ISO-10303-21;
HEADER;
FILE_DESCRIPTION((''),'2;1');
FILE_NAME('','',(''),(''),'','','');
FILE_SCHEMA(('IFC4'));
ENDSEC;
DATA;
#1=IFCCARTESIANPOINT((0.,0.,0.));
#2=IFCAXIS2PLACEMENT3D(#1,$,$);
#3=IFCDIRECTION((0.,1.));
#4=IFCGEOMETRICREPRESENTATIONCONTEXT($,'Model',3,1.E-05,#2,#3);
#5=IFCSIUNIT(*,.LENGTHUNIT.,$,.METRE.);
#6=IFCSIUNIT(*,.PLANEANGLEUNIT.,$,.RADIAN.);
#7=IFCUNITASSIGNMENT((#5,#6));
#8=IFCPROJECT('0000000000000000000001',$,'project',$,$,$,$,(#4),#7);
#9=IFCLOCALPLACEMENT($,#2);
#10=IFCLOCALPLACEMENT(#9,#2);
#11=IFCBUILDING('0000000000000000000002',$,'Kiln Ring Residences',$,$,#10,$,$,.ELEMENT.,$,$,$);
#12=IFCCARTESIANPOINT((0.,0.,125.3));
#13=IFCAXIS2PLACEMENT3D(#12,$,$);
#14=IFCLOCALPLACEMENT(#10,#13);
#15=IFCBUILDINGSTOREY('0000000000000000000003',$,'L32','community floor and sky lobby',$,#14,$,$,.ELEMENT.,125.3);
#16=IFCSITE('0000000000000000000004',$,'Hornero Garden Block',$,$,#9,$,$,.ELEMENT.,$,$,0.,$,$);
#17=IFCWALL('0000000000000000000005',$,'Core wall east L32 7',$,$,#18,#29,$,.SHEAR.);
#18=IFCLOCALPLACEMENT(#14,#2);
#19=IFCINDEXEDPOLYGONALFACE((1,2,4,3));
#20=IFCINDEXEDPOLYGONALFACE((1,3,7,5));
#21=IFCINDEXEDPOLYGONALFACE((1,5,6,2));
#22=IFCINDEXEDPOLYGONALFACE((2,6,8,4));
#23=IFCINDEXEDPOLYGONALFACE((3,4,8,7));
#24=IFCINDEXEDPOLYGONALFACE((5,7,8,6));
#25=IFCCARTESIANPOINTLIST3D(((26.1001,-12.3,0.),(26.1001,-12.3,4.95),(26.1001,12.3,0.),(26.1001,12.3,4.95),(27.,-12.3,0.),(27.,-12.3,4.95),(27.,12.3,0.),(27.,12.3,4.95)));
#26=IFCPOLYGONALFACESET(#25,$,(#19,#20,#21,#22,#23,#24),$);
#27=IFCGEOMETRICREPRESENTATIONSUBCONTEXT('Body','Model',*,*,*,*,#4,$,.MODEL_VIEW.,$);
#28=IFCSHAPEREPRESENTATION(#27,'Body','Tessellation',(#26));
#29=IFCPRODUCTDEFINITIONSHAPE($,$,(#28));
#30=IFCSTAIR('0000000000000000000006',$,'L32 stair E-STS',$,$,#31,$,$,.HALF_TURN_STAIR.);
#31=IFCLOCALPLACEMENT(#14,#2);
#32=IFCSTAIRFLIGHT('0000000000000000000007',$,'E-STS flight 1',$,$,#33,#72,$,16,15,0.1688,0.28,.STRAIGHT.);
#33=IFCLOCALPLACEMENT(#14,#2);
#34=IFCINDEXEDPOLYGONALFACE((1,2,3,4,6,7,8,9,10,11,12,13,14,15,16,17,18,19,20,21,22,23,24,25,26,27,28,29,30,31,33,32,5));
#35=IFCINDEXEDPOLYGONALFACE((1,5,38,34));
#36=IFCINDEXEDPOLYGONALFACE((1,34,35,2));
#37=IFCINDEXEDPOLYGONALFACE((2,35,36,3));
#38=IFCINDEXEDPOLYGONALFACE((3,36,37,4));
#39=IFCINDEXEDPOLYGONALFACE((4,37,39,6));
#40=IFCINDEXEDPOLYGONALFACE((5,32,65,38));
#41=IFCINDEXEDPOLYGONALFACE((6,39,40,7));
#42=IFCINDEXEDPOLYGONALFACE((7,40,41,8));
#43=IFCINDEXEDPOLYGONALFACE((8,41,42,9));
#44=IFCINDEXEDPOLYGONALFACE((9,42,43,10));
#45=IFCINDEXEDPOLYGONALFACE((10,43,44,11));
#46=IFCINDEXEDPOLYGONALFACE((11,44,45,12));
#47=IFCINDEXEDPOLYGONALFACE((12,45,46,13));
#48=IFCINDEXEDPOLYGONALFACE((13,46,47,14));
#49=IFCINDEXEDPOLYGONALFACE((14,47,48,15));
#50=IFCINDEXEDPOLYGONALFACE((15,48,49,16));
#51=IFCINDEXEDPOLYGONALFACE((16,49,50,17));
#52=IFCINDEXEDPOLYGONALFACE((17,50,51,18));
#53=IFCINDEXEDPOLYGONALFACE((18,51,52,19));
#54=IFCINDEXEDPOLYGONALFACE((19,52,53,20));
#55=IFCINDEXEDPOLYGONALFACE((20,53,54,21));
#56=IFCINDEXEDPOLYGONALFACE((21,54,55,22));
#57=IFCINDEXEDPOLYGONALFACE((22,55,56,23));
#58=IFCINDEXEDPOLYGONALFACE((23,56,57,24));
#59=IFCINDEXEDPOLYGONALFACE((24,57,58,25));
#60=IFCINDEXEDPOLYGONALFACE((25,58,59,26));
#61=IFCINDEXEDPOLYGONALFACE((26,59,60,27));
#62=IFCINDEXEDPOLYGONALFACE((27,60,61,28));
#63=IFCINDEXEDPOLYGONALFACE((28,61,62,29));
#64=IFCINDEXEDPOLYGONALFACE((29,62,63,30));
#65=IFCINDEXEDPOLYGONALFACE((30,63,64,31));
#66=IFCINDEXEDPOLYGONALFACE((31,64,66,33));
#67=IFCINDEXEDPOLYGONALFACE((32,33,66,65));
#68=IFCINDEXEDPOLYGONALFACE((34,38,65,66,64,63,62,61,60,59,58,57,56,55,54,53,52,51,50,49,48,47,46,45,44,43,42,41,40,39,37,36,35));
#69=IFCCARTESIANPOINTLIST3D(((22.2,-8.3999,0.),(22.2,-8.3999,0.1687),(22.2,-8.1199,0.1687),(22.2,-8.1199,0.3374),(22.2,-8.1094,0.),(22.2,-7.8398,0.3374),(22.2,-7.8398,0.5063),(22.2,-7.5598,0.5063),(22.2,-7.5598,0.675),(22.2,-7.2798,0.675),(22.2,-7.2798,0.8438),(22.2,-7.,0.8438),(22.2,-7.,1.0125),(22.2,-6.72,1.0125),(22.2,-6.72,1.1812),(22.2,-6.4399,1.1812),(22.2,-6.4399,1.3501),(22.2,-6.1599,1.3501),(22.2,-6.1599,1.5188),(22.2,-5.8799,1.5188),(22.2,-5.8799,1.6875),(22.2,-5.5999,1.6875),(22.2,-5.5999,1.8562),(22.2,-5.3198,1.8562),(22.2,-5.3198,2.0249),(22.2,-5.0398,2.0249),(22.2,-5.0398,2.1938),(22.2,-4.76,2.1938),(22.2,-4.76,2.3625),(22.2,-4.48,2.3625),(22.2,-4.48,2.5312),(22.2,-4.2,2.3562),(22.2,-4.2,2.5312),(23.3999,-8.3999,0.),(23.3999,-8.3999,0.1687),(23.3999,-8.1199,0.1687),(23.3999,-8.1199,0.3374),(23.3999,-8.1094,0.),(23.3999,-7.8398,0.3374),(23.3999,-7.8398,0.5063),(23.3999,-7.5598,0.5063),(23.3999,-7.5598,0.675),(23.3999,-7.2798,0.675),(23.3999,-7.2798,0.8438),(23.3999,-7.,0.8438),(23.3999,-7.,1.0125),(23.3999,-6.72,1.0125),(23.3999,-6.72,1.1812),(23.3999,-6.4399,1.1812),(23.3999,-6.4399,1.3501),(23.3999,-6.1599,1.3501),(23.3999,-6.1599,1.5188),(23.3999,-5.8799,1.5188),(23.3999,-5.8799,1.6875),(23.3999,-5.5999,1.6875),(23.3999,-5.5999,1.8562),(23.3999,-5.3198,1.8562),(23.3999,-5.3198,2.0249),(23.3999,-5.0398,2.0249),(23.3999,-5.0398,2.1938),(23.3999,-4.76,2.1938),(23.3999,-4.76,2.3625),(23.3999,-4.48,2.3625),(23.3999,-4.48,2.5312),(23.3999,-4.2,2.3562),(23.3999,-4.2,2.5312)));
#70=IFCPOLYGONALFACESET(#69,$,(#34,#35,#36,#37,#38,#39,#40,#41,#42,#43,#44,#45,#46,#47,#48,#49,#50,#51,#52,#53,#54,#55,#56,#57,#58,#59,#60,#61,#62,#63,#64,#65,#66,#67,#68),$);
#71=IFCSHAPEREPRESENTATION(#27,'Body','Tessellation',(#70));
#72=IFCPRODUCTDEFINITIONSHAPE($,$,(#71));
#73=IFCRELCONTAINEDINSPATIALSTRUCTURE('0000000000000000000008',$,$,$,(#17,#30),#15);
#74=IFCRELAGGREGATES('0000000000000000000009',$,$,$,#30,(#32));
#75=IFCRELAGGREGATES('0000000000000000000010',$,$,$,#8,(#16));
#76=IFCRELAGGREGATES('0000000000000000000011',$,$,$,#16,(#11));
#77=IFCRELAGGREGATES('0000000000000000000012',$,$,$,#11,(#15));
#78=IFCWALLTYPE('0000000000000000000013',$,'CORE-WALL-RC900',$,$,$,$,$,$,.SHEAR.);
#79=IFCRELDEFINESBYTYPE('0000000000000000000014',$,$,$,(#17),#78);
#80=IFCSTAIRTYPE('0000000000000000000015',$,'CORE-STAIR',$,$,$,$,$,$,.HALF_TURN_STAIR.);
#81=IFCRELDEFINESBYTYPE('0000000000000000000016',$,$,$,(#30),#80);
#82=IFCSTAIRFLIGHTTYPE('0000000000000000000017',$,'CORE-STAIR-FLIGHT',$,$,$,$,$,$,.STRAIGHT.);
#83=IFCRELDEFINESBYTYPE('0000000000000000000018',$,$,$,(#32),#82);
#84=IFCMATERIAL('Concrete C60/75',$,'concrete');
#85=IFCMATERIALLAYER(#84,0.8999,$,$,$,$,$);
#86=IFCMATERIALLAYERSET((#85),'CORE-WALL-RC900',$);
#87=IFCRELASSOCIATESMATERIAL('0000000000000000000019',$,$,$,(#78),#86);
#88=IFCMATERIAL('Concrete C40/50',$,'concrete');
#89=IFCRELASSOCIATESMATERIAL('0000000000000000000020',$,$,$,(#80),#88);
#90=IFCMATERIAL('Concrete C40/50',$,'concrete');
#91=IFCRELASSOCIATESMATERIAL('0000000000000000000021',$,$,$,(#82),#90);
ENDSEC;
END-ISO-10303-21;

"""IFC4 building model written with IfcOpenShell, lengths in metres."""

from ifc_helpers import new_model, si_unit, direction, frame, frame_2d, origin, place, context, subcontext, project, spatial, polyline, rectangle, outline, extrude, material, layer, layer_set, type_object, element, aggregate, save


model = new_model("IFC4")

# Units and contexts
model_context = context("Model", 3, precision=1e-05, world=origin(), true_north=direction((0.0, 1.0)))
body_context = subcontext(model_context, "Body", "Model", "MODEL_VIEW")
ifc_project = project(units=[si_unit("LENGTHUNIT", "METRE"), si_unit("PLANEANGLEUNIT", "RADIAN")], contexts=[model_context])

# Site, building, storey
site_placement = place(None, origin())
site = spatial("IfcSite", under=ifc_project, at=site_placement, Name="Hornero Garden Block", CompositionType="ELEMENT", RefElevation=0.0)
building_placement = place(site_placement, origin())
building = spatial("IfcBuilding", under=site, at=building_placement, Name="Kiln Ring Residences", CompositionType="ELEMENT")
storey_placement = place(building_placement, frame((0.0, 0.0, 125.3)))
storey = spatial("IfcBuildingStorey", under=building, at=storey_placement, Name="L32", Description="community floor and sky lobby", CompositionType="ELEMENT", Elevation=125.3)

# Shared definitions
placement = place(storey_placement, origin())

# Wall
ifc_material_1 = material(Name="Concrete C60/75", Category="concrete")
ifc_layer_1 = layer(ifc_material_1, 0.8999)
ifc_layer_set_1 = layer_set([ifc_layer_1], Name="CORE-WALL-RC900")
wall_type_1 = type_object("IfcWallType", Name="CORE-WALL-RC900", PredefinedType="SHEAR", material=ifc_layer_set_1)
wall_1_placement = place(storey_placement, frame((26.55, -12.3, 0.0), z_axis=(0.0, 0.0, 1.0), x_axis=(0.0, 1.0, 0.0)))
element("IfcWall", 1, at=wall_1_placement, inside=storey, type_object=wall_type_1, Name="Core wall east L32 7", PredefinedType="SHEAR", context=body_context, shape_type="SweptSolid", body=[
    extrude(rectangle(XDim=24.6001, YDim=0.8999, at=frame_2d((12.3, 0.0))), origin(), (0.0, 0.0, 1.0), 4.95),
])

# Stair, stair flight
ifc_material_2 = material(Name="Concrete C40/50", Category="concrete")
stair_type = type_object("IfcStairType", Name="CORE-STAIR", PredefinedType="HALF_TURN_STAIR", material=ifc_material_2)
stair = element("IfcStair", 2, at=placement, inside=storey, type_object=stair_type, Name="L32 stair E-STS", PredefinedType="HALF_TURN_STAIR")
ifc_material_3 = material(Name="Concrete C40/50", Category="concrete")
stair_flight_type = type_object("IfcStairFlightType", Name="CORE-STAIR-FLIGHT", PredefinedType="STRAIGHT", material=ifc_material_3)
stair_flight_placement = place(storey_placement, frame((22.8, -8.3999, 0.0), z_axis=(0.0, 0.0, 1.0), x_axis=(0.0, 1.0, 0.0)))
stair_flight = element("IfcStairFlight", 3, at=stair_flight_placement, type_object=stair_flight_type, Name="E-STS flight 1", NumberOfRisers=16, NumberOfTreads=15, PredefinedType="STRAIGHT", RiserHeight=0.1688, TreadLength=0.28, context=body_context, shape_type="SweptSolid", body=[
    extrude(outline(polyline([(0.0, 0.0), (0.0, 0.1687), (0.28, 0.1687), (0.28, 0.3374), (0.5601, 0.3374), (0.5601, 0.5063), (0.8401, 0.5063), (0.8401, 0.675), (1.1201, 0.675), (1.1201, 0.8438), (1.3999, 0.8438), (1.3999, 1.0125), (1.6799, 1.0125), (1.6799, 1.1812), (1.96, 1.1812), (1.96, 1.3501), (2.24, 1.3501), (2.24, 1.5188), (2.52, 1.5188), (2.52, 1.6875), (2.8, 1.6875), (2.8, 1.8562), (3.0801, 1.8562), (3.0801, 2.0249), (3.3601, 2.0249), (3.3601, 2.1938), (3.6399, 2.1938), (3.6399, 2.3625), (3.9199, 2.3625), (3.9199, 2.5312), (4.2, 2.5312), (4.2, 2.7), (4.2, 2.3562), (0.2905, 0.0), (0.0, 0.0)])), frame((0.0, 0.6001, 0.0), z_axis=(0.0, -1.0, 0.0), x_axis=(1.0, 0.0, 0.0)), (0.0, 0.0, 1.0), 1.2),
])
aggregate(stair, [stair_flight])

save(model, "model.ifc")
